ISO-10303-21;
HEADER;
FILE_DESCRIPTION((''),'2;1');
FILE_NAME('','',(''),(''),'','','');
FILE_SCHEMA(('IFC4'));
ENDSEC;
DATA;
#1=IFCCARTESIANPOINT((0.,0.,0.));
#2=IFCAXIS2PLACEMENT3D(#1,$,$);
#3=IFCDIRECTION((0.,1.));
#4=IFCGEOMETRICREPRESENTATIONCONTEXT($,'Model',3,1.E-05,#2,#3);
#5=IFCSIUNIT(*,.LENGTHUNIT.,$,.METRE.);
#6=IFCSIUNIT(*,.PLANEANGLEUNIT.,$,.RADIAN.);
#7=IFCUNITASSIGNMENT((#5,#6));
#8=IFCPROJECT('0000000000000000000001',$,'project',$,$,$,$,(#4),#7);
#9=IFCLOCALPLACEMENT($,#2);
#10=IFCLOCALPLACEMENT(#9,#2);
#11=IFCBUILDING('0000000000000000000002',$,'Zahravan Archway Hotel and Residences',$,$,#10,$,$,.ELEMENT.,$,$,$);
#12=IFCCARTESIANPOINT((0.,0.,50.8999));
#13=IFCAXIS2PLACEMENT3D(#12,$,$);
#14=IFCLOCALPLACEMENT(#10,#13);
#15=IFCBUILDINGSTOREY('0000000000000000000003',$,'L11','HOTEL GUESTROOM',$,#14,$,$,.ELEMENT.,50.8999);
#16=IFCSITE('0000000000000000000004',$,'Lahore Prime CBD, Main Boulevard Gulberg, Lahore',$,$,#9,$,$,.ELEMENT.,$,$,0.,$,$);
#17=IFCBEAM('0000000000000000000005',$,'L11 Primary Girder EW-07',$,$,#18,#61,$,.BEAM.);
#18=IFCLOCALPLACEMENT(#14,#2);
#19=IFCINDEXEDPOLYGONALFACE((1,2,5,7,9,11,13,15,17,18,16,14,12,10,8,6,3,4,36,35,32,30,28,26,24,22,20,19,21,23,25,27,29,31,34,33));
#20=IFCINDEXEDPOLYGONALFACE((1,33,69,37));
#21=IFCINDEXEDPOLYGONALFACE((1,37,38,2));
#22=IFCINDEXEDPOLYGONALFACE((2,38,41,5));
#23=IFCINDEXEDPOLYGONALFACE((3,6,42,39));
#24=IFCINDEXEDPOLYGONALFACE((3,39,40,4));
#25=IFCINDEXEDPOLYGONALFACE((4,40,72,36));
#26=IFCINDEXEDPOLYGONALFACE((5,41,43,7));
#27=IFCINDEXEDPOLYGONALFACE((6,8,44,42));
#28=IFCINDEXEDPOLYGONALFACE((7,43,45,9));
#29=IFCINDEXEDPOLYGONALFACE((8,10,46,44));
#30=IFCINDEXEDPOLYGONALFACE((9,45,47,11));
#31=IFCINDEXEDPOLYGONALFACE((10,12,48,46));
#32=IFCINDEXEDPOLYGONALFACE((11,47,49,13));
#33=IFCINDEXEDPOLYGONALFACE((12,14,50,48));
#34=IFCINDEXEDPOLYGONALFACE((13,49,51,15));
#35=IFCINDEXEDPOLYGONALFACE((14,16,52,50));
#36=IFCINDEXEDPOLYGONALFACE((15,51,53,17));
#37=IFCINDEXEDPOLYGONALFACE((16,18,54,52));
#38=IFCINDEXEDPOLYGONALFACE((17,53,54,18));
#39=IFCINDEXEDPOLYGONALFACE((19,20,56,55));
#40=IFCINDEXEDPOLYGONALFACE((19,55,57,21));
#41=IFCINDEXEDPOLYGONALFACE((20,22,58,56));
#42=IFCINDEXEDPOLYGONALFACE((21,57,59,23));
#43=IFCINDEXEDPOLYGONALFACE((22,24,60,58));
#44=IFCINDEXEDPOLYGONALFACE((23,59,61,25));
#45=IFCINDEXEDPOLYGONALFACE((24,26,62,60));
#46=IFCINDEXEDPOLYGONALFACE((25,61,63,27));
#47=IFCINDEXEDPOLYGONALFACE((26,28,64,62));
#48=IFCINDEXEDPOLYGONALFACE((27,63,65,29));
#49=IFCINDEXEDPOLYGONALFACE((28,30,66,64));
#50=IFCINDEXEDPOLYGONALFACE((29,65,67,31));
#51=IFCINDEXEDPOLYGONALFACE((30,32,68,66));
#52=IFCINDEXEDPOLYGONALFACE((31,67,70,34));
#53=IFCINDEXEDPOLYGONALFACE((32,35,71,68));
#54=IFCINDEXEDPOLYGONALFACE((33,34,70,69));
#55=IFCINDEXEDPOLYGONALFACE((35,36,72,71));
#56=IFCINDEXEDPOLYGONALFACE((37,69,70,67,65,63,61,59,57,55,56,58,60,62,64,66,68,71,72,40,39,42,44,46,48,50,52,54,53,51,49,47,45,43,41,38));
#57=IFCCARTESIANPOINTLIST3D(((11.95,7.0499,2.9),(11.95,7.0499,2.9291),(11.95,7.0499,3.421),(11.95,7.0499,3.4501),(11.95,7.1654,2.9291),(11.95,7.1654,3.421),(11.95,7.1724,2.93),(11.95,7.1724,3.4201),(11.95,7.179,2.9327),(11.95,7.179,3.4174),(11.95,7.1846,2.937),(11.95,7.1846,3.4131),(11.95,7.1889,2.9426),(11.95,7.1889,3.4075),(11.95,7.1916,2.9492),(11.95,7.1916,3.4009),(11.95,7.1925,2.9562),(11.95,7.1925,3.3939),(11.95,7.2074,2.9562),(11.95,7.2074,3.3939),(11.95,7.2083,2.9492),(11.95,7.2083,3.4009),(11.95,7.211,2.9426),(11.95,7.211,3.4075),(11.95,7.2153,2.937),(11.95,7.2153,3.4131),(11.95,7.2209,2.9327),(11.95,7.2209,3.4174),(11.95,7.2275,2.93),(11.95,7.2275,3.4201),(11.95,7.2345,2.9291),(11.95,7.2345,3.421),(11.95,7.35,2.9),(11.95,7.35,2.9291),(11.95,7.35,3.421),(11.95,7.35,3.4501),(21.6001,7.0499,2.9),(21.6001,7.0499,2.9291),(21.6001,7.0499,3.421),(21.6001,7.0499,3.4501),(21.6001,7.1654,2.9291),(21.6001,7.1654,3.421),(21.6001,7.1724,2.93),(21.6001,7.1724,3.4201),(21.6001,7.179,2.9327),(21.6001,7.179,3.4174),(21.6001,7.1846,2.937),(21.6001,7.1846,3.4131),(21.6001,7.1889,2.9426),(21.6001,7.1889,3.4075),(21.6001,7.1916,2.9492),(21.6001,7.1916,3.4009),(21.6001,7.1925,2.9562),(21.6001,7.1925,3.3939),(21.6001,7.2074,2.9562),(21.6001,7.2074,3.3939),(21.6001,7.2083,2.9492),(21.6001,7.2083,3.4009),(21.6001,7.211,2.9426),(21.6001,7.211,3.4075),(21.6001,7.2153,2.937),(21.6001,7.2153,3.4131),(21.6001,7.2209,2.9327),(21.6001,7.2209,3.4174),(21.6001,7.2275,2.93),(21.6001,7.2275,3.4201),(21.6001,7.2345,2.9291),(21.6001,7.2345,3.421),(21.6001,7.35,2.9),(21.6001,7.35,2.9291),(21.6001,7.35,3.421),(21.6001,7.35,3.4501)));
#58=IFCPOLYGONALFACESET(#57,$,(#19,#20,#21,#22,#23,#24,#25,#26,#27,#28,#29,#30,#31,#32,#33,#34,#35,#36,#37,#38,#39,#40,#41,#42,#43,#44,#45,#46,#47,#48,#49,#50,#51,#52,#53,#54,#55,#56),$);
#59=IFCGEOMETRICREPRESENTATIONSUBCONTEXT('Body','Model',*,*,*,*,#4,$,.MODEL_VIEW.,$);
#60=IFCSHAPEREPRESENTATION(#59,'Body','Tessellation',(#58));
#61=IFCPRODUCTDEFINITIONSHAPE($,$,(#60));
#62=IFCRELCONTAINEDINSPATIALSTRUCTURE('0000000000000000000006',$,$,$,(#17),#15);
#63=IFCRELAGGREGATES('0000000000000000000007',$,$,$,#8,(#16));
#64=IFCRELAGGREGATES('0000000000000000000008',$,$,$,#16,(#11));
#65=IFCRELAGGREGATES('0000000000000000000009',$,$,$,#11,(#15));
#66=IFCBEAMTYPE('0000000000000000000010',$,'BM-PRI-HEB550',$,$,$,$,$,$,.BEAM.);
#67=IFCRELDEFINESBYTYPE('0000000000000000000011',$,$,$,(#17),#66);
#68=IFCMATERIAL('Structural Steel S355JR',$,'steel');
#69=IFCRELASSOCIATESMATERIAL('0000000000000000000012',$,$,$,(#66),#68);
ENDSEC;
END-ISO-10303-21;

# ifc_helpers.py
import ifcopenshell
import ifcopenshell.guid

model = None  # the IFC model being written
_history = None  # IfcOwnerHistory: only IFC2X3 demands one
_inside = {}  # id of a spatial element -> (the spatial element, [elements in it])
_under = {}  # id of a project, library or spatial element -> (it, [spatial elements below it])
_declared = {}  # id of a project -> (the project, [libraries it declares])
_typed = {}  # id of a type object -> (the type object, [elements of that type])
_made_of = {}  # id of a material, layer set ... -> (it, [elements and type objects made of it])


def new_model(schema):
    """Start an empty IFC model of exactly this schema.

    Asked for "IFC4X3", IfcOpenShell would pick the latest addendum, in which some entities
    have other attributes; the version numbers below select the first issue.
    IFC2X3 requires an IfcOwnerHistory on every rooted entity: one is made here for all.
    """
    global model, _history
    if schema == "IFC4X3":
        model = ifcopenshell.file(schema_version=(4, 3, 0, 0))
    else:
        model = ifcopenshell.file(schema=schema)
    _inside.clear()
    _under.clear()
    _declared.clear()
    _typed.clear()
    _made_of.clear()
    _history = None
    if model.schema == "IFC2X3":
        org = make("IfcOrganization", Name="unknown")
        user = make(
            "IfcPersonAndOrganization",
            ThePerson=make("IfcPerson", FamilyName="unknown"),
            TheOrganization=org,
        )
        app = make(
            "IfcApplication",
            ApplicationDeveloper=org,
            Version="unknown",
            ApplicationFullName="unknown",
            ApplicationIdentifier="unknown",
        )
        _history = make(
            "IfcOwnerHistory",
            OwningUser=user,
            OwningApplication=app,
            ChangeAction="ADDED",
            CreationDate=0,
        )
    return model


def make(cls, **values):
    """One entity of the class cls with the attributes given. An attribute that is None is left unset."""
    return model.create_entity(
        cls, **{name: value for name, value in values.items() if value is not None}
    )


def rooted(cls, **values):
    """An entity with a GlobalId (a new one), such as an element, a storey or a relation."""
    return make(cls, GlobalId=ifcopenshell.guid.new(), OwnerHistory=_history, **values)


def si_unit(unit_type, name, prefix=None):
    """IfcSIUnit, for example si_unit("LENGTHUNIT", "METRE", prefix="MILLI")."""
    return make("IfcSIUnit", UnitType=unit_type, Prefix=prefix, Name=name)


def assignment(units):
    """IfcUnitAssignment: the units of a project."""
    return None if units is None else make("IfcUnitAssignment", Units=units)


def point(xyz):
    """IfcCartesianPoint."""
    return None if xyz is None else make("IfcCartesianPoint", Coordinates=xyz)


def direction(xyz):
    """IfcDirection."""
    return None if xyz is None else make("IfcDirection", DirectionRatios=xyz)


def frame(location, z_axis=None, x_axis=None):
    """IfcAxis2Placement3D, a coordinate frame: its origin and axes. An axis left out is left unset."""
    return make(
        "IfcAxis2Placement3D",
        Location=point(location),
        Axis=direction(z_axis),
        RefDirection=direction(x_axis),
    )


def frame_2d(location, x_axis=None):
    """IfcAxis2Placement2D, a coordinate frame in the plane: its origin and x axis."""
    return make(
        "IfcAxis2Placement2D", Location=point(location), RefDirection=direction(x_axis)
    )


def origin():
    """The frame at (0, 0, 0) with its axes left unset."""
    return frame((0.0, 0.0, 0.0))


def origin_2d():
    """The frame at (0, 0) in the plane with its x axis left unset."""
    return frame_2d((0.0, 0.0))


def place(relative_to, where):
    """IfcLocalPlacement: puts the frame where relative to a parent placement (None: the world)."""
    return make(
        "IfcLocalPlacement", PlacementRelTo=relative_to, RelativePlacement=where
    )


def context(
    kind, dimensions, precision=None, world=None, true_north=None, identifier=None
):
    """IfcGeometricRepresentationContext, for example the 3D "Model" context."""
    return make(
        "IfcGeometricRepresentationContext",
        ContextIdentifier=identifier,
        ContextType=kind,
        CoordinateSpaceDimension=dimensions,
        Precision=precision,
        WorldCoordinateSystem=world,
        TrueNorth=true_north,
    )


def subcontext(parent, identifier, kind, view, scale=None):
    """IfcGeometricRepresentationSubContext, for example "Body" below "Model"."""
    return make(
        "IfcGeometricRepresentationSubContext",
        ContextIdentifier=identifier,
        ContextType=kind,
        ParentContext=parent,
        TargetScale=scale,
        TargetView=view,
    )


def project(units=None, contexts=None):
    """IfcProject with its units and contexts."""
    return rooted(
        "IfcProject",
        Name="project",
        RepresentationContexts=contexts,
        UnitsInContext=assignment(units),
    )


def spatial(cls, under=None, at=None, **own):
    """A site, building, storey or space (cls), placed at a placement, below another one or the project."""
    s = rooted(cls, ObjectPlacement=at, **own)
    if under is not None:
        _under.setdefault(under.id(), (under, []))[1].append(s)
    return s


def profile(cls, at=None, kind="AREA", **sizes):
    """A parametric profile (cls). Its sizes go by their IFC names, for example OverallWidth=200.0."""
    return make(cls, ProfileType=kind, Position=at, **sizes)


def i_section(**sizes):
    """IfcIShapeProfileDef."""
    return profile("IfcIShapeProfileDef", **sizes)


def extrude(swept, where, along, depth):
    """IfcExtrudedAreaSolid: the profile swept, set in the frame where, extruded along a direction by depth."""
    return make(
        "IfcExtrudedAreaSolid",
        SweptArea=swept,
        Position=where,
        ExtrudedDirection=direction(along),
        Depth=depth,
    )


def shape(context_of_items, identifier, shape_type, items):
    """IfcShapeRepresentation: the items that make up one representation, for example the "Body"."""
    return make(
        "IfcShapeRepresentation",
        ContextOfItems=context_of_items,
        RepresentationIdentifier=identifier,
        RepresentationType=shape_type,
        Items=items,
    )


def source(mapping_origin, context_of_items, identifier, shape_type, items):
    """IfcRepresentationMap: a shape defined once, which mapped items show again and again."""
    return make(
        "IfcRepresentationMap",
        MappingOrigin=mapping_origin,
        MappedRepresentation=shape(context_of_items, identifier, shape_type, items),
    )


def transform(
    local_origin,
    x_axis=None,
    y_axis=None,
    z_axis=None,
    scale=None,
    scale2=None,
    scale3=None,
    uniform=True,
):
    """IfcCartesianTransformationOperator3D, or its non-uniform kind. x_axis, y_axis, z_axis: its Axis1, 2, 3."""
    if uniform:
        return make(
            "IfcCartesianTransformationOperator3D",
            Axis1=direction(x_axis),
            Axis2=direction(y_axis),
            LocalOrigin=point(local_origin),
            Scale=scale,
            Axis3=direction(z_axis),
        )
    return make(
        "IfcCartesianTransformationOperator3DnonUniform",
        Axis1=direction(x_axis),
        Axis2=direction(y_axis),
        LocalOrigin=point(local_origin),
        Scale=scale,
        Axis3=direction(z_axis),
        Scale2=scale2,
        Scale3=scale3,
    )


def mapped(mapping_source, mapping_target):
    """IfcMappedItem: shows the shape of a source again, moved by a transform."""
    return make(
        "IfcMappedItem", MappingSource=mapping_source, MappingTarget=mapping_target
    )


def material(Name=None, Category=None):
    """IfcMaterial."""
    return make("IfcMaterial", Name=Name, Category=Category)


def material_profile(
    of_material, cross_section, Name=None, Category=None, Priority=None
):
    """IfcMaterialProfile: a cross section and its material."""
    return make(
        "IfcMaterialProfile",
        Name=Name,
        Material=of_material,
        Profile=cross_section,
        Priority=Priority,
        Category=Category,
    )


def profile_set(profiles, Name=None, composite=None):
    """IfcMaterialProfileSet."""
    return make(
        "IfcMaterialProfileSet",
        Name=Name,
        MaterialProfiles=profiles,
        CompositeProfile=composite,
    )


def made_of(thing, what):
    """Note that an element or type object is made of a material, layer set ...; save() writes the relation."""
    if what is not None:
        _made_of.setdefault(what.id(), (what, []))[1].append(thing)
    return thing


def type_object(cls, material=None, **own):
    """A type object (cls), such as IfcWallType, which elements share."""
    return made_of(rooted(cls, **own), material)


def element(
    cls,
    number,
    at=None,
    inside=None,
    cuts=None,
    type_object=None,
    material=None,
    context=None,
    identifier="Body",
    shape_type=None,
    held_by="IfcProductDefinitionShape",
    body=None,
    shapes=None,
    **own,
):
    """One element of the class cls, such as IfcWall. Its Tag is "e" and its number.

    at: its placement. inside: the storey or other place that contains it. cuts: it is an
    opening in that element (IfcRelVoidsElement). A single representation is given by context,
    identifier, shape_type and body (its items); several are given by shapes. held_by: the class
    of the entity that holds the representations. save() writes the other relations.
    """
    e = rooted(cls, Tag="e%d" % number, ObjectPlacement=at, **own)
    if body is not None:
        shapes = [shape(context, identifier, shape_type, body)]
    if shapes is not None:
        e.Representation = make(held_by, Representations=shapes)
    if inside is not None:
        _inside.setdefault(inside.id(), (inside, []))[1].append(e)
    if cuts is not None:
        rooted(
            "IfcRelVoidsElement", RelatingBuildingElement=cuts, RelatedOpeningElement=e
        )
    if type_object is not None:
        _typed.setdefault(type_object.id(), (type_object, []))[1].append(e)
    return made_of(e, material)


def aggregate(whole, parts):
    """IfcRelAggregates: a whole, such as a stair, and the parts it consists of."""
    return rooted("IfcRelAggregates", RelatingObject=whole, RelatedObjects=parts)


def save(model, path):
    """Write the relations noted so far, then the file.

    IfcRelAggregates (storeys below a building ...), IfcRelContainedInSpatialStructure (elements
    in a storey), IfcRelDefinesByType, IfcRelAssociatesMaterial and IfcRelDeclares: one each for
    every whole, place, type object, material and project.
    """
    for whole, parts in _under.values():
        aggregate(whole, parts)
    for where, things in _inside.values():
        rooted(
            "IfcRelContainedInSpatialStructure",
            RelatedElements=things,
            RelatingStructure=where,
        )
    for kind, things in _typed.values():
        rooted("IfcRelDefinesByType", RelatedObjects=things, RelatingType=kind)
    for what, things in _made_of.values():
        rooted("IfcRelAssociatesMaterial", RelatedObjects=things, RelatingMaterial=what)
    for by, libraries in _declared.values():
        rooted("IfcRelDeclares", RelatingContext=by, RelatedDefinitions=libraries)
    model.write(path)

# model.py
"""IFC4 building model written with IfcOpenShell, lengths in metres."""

from ifc_helpers import new_model, si_unit, direction, frame, origin, origin_2d, place, context, subcontext, project, spatial, i_section, extrude, source, transform, mapped, material, material_profile, profile_set, type_object, element, save


model = new_model("IFC4")

# Units and contexts
model_context = context("Model", 3, precision=1e-05, world=origin(), true_north=direction((0.0, 1.0)))
body_context = subcontext(model_context, "Body", "Model", "MODEL_VIEW")
ifc_project = project(units=[si_unit("LENGTHUNIT", "METRE"), si_unit("PLANEANGLEUNIT", "RADIAN")], contexts=[model_context])

# Site, building, storey
site_placement = place(None, origin())
site = spatial("IfcSite", under=ifc_project, at=site_placement, Name="Lahore Prime CBD, Main Boulevard Gulberg, Lahore", CompositionType="ELEMENT", RefElevation=0.0)
building_placement = place(site_placement, origin())
building = spatial("IfcBuilding", under=site, at=building_placement, Name="Zahravan Archway Hotel and Residences", CompositionType="ELEMENT")
storey_placement = place(building_placement, frame((0.0, 0.0, 50.8999)))
storey = spatial("IfcBuildingStorey", under=building, at=storey_placement, Name="L11", Description="HOTEL GUESTROOM", CompositionType="ELEMENT", Elevation=50.8999)

# Beam
ifc_material_1 = material(Name="Structural Steel S355JR", Category="steel")
ifc_material_profile_1 = material_profile(ifc_material_1, i_section(OverallWidth=0.3, OverallDepth=0.55, WebThickness=0.0149, FlangeThickness=0.0291, FilletRadius=0.0271, at=origin_2d()), Name="HEB 550", Category="steel")
ifc_profile_set_1 = profile_set([ifc_material_profile_1], Name="Structural Steel S355JR")
beam_type_1 = type_object("IfcBeamType", Name="BM-PRI-HEB550", PredefinedType="BEAM", material=ifc_profile_set_1)
shared_shape_1 = source(origin(), body_context, "Body", "SweptSolid", [
    extrude(i_section(OverallWidth=0.3, OverallDepth=0.55, WebThickness=0.0149, FlangeThickness=0.0291, FilletRadius=0.0271, at=origin_2d()), origin(), (0.0, 0.0, 1.0), 9.6501),
])
beam_1_placement = place(storey_placement, frame((11.95, 7.2, 3.175), z_axis=(1.0, 0.0, 0.0), x_axis=(0.0, 1.0, 0.0)))
element("IfcBeam", 1, at=beam_1_placement, inside=storey, type_object=beam_type_1, Name="L11 Primary Girder EW-07", PredefinedType="BEAM", context=body_context, shape_type="MappedRepresentation", body=[
    mapped(shared_shape_1, transform((0.0, 0.0, 0.0), scale=1.0)),
])

save(model, "model.ifc")
